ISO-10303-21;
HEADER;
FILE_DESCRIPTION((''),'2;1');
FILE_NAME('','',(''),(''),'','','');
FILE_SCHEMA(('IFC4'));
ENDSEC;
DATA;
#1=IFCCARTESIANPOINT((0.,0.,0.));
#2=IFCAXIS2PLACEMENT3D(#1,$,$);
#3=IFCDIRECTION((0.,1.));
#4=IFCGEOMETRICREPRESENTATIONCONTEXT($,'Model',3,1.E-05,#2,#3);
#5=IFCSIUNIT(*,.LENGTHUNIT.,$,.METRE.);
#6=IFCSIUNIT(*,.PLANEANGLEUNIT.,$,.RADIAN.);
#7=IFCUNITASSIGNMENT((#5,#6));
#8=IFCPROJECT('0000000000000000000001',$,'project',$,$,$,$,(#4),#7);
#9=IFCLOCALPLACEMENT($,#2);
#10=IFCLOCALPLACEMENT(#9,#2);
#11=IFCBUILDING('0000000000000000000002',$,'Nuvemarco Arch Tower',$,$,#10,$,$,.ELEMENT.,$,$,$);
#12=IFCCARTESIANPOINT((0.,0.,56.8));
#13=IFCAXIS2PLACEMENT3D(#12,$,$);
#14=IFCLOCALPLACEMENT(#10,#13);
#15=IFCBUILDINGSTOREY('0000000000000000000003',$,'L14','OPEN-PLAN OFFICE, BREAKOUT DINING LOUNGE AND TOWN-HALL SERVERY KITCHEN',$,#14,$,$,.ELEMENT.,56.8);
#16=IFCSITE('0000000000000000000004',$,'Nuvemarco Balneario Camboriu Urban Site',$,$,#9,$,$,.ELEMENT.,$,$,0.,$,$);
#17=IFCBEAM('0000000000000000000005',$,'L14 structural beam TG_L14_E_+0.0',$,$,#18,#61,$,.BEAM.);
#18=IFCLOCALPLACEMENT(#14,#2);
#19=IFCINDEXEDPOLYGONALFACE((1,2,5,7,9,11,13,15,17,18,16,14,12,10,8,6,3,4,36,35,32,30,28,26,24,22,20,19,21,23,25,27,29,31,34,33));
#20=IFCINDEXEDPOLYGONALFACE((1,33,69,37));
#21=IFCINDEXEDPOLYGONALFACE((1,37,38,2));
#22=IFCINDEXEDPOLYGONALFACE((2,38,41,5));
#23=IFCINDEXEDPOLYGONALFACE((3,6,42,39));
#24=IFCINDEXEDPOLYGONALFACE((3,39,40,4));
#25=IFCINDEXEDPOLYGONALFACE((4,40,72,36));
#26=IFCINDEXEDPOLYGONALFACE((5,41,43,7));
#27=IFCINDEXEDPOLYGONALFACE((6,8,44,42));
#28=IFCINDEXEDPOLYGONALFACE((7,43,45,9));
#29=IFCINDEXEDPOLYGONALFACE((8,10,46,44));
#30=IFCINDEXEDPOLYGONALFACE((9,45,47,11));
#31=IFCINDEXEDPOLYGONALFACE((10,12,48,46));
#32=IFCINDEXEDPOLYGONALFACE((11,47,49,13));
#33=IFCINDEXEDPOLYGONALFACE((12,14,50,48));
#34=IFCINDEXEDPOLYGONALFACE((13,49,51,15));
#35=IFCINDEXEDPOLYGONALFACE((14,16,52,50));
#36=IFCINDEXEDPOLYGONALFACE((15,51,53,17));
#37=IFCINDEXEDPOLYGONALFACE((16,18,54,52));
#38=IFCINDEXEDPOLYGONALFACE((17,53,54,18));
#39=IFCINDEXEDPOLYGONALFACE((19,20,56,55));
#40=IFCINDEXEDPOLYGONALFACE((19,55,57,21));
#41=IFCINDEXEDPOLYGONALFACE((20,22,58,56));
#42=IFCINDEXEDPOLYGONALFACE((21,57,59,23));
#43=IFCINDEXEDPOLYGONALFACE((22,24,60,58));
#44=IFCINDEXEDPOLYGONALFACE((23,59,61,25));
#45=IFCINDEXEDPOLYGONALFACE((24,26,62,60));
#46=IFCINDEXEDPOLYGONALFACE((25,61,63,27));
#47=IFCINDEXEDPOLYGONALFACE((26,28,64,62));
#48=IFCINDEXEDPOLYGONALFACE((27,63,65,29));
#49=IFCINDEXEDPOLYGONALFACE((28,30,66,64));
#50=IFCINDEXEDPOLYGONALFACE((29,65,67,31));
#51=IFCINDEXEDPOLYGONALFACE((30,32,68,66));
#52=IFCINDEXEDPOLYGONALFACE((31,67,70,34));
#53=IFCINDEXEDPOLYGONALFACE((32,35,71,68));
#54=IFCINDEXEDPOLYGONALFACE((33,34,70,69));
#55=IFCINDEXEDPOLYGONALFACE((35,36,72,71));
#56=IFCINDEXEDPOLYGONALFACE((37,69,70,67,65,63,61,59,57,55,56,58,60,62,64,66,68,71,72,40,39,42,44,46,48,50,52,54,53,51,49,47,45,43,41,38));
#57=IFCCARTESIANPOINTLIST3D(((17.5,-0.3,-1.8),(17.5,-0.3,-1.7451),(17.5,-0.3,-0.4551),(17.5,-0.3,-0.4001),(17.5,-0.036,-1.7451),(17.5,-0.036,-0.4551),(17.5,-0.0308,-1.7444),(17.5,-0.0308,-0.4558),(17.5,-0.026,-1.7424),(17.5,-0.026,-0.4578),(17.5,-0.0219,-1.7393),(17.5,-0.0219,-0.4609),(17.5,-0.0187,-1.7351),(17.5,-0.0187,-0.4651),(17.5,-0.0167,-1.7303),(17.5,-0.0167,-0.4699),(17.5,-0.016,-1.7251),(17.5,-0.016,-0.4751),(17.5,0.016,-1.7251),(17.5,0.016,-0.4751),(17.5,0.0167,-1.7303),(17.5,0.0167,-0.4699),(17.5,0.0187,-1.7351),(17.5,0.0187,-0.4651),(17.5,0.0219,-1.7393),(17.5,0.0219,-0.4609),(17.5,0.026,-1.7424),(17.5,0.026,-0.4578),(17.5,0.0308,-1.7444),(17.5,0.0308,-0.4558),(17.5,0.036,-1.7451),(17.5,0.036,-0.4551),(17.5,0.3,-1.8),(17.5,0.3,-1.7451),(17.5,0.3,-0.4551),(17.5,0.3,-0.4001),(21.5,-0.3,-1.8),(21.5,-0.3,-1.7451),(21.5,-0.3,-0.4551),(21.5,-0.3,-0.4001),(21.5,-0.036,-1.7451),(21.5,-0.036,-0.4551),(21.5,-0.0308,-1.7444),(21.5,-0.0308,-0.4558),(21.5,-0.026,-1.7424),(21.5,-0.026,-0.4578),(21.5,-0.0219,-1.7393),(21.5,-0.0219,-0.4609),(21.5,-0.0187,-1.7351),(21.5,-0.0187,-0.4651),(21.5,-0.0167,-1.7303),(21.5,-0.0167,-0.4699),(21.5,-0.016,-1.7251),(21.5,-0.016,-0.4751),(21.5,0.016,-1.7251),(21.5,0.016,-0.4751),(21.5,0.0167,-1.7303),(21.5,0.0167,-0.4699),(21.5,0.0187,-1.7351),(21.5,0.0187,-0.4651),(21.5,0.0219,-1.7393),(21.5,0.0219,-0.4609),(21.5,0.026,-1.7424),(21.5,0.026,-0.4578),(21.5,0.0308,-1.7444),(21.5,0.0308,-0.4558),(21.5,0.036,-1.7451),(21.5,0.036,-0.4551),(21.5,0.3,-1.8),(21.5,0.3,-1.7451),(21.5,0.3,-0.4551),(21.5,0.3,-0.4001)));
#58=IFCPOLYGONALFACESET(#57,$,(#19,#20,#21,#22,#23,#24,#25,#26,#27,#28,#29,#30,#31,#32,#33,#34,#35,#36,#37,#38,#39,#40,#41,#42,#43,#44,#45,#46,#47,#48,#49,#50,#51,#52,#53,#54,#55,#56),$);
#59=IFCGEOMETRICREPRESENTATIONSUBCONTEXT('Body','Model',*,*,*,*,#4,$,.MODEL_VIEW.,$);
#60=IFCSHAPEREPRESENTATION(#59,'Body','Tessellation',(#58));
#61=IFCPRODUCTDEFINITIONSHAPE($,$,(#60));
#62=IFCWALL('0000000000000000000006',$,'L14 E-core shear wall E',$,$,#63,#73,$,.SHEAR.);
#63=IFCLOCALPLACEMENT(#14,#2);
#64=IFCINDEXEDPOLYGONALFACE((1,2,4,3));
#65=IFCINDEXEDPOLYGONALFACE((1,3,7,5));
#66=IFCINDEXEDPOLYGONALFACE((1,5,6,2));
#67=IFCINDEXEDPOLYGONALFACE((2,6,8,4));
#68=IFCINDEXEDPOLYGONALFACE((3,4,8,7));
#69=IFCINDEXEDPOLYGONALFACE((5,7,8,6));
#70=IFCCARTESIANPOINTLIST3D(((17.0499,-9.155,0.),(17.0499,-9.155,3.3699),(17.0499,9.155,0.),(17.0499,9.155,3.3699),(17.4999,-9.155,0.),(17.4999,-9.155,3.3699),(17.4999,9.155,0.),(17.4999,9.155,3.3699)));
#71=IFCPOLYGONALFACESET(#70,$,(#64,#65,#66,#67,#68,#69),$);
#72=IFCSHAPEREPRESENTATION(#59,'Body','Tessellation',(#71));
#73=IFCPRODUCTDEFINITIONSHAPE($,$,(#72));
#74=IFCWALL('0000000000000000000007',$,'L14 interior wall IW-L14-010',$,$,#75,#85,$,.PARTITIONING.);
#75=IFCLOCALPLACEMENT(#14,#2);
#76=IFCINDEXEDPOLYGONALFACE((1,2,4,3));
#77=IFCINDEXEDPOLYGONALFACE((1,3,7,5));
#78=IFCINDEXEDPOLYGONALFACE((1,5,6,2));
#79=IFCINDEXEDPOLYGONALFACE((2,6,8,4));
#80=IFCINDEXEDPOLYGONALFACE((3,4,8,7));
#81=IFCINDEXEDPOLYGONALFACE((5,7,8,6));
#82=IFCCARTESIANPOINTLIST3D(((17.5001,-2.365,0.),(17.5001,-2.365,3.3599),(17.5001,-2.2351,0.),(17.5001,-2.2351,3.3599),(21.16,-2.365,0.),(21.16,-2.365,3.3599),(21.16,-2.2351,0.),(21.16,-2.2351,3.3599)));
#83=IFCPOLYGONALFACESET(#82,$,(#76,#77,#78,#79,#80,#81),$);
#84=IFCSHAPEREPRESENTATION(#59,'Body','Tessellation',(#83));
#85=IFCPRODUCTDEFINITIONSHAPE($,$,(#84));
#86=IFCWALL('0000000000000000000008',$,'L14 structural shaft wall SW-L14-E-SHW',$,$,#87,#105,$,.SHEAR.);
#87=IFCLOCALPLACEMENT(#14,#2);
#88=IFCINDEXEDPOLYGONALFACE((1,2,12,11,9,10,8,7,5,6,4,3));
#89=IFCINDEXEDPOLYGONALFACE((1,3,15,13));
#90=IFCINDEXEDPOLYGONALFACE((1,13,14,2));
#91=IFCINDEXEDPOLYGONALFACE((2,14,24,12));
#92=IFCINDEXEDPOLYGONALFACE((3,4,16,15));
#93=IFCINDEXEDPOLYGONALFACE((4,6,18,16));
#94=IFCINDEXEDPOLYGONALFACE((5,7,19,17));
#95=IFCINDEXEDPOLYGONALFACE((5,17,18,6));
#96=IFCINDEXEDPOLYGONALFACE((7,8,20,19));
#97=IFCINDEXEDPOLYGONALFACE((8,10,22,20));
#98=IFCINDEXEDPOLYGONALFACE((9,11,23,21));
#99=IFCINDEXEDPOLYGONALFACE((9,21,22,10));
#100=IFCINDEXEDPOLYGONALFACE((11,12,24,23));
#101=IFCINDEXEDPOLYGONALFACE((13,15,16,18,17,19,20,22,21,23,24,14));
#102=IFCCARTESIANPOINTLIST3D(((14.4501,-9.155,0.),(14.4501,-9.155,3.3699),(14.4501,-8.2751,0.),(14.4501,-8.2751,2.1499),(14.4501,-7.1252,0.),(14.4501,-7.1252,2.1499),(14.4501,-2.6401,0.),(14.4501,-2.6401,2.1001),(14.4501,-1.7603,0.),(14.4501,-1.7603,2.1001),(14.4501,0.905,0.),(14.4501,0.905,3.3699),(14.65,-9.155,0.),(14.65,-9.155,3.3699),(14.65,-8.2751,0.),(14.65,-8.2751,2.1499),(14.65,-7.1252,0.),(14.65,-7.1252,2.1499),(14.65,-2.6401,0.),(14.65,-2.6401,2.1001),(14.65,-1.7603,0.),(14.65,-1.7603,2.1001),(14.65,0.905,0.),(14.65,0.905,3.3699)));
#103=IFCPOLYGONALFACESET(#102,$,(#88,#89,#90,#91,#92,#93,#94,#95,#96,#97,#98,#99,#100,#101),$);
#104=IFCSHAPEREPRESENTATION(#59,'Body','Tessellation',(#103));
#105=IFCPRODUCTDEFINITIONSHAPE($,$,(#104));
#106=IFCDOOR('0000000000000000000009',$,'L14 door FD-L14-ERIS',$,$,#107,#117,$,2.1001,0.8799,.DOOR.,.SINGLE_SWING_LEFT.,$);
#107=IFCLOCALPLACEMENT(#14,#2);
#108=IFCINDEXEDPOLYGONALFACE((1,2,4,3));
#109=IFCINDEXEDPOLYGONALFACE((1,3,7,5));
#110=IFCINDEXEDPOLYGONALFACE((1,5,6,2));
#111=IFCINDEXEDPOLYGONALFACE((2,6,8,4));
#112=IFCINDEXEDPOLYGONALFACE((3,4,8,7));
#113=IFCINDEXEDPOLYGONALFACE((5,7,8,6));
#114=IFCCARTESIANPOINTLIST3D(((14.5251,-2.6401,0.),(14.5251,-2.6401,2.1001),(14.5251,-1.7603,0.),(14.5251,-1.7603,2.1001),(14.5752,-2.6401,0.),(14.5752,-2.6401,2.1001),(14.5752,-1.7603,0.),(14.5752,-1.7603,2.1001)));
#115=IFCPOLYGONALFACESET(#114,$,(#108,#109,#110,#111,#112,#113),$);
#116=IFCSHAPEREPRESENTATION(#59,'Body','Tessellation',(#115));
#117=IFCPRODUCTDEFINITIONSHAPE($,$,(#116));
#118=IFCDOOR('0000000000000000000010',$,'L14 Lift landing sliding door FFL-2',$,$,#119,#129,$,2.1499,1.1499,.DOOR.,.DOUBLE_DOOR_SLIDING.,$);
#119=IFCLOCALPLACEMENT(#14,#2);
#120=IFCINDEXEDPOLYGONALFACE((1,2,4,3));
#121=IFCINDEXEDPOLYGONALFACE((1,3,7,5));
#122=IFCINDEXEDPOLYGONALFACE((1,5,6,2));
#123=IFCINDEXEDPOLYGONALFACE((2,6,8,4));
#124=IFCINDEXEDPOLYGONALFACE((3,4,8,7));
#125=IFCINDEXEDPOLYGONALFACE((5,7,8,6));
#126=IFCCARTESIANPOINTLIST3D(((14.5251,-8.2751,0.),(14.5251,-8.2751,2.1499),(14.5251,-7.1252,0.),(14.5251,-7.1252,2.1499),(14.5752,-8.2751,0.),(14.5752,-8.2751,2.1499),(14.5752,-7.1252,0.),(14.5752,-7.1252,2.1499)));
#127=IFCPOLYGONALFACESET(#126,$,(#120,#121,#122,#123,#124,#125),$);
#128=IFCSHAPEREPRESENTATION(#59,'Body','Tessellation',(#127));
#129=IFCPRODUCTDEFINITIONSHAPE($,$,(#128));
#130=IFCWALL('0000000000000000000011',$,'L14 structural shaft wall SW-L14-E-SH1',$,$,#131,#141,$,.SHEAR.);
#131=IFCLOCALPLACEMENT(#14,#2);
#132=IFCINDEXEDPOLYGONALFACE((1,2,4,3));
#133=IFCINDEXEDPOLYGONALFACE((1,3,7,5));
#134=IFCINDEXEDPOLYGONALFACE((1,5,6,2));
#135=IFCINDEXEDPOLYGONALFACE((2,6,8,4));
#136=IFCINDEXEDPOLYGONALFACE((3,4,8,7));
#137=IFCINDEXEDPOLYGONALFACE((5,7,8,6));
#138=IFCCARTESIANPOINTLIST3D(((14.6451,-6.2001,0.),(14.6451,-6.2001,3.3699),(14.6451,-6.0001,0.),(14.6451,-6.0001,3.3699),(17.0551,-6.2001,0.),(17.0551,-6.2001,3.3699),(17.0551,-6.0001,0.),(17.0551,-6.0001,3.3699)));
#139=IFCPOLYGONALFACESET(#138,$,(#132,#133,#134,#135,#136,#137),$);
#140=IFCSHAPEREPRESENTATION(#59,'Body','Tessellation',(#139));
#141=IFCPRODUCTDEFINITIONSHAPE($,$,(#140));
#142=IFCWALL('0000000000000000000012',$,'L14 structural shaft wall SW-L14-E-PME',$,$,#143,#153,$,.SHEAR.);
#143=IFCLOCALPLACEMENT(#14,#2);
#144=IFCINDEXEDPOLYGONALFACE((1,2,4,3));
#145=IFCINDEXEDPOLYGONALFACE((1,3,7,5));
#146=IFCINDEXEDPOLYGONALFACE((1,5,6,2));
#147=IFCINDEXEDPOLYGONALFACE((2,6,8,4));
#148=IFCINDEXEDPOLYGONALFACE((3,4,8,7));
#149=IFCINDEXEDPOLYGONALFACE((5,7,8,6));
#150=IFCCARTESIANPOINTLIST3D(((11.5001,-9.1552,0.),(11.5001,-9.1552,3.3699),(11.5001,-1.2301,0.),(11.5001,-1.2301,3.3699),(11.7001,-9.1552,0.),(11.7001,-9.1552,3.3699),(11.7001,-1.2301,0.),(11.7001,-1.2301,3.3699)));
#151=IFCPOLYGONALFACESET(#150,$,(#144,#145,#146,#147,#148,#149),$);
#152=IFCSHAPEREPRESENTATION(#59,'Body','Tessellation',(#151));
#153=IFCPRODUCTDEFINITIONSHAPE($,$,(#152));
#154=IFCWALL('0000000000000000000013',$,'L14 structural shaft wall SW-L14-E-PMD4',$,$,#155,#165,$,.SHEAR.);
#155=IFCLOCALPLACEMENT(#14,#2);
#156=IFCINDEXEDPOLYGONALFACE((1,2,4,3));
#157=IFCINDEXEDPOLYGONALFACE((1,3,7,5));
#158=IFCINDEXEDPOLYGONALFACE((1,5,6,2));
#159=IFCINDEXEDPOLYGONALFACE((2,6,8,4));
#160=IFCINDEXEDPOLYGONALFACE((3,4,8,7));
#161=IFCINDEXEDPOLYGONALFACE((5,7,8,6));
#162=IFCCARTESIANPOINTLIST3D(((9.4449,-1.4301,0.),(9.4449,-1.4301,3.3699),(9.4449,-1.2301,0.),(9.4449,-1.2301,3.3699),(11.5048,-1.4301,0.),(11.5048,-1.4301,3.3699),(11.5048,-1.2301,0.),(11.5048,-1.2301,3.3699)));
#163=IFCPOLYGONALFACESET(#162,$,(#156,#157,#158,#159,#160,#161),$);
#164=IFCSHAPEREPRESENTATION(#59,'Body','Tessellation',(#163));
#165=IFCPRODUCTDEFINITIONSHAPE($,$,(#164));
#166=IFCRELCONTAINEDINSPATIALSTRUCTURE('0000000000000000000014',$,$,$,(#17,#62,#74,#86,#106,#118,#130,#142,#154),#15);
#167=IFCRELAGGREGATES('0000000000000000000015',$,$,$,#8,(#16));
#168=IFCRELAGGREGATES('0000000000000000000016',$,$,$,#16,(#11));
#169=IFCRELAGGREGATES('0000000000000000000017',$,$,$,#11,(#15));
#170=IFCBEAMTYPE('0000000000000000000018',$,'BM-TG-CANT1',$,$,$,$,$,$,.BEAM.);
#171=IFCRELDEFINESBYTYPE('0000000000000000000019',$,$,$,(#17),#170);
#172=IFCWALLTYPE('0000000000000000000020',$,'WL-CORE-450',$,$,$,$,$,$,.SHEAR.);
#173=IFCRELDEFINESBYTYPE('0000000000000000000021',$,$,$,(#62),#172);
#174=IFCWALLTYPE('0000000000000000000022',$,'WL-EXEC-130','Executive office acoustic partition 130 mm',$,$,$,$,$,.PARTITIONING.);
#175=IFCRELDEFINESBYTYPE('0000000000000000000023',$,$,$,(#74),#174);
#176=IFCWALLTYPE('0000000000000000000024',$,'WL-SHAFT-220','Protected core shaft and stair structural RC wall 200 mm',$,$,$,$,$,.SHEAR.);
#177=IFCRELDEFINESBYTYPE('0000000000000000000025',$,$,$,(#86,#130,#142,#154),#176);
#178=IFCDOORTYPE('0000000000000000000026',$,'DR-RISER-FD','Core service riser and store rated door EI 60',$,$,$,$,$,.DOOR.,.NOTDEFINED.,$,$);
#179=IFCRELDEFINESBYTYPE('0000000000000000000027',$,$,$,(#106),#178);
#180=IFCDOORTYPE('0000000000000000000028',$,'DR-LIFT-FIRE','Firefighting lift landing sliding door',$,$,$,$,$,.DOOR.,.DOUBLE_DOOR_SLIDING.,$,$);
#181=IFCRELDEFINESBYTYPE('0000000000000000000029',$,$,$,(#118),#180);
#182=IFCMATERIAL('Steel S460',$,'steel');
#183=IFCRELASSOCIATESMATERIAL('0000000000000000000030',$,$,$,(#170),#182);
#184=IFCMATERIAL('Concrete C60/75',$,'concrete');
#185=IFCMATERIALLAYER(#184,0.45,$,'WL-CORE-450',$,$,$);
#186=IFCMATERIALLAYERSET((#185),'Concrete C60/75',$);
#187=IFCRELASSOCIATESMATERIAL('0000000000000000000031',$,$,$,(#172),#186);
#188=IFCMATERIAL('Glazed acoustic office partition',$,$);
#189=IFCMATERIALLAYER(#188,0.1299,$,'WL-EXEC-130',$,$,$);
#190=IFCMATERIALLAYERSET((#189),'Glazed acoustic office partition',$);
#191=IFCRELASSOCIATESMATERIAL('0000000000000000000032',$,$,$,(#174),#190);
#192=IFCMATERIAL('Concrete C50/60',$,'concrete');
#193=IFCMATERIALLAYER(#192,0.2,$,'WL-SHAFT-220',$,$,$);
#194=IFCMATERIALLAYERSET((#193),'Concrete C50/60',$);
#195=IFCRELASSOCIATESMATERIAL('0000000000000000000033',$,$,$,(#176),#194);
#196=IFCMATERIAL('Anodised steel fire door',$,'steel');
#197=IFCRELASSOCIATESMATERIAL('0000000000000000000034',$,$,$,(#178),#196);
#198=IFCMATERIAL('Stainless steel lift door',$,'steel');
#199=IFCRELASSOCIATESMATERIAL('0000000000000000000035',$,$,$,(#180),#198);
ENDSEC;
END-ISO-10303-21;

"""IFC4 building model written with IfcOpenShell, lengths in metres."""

from ifc_helpers import new_model, si_unit, direction, frame, frame_2d, origin, origin_2d, place, context, subcontext, project, spatial, rectangle, i_section, extrude, source, transform, mapped, material, layer, layer_set, material_profile, profile_set, type_object, type_shapes, element, fill, save


model = new_model("IFC4")

# Units and contexts
model_context = context("Model", 3, precision=1e-05, world=origin(), true_north=direction((0.0, 1.0)))
body_context = subcontext(model_context, "Body", "Model", "MODEL_VIEW")
ifc_project = project(units=[si_unit("LENGTHUNIT", "METRE"), si_unit("PLANEANGLEUNIT", "RADIAN")], contexts=[model_context])

# Site, building, storey
site_placement = place(None, origin())
site = spatial("IfcSite", under=ifc_project, at=site_placement, Name="Nuvemarco Balneario Camboriu Urban Site", CompositionType="ELEMENT", RefElevation=0.0)
building_placement = place(site_placement, origin())
building = spatial("IfcBuilding", under=site, at=building_placement, Name="Nuvemarco Arch Tower", CompositionType="ELEMENT")
storey_placement = place(building_placement, frame((0.0, 0.0, 56.8)))
storey = spatial("IfcBuildingStorey", under=building, at=storey_placement, Name="L14", Description="OPEN-PLAN OFFICE, BREAKOUT DINING LOUNGE AND TOWN-HALL SERVERY KITCHEN", CompositionType="ELEMENT", Elevation=56.8)

# Shared definitions
ifc_material_1 = material(Name="Concrete C60/75", Category="concrete")
ifc_material_2 = material(Name="Steel S460", Category="steel")

# Beam
ifc_material_profile_1 = material_profile(ifc_material_2, i_section(OverallWidth=0.6001, OverallDepth=1.3999, WebThickness=0.032, FlangeThickness=0.0549, FilletRadius=0.02, at=origin_2d()), Name="PG1400x600")
ifc_profile_set_1 = profile_set([ifc_material_profile_1], Name="Steel S460")
beam_type_1 = type_object("IfcBeamType", Name="BM-TG-CANT1", PredefinedType="BEAM", material=ifc_profile_set_1)
beam_1_placement = place(storey_placement, frame((17.5, 0.0, -1.1001), z_axis=(1.0, 0.0, 0.0), x_axis=(0.0, 1.0, 0.0)))
element("IfcBeam", 1, at=beam_1_placement, inside=storey, type_object=beam_type_1, Name="L14 structural beam TG_L14_E_+0.0", PredefinedType="BEAM", context=body_context, shape_type="SweptSolid", body=[
    extrude(i_section(OverallWidth=0.6001, OverallDepth=1.3999, WebThickness=0.032, FlangeThickness=0.0549, FilletRadius=0.02, at=origin_2d()), origin(), (0.0, 0.0, 1.0), 4.0),
])

# Walls
ifc_layer_1 = layer(ifc_material_1, 0.45, Name="WL-CORE-450")
ifc_layer_set_1 = layer_set([ifc_layer_1], Name="Concrete C60/75")
wall_type_1 = type_object("IfcWallType", Name="WL-CORE-450", PredefinedType="SHEAR", material=ifc_layer_set_1)
wall_1_placement = place(storey_placement, frame((17.2749, -9.155, 0.0), z_axis=(0.0, 0.0, 1.0), x_axis=(0.0, 1.0, 0.0)))
element("IfcWall", 2, at=wall_1_placement, inside=storey, type_object=wall_type_1, Name="L14 E-core shear wall E", PredefinedType="SHEAR", context=body_context, shape_type="SweptSolid", body=[
    extrude(rectangle(XDim=18.3101, YDim=0.45, at=frame_2d((9.155, 0.0))), origin(), (0.0, 0.0, 1.0), 3.3699),
])
ifc_material_3 = material(Name="Glazed acoustic office partition")
ifc_layer_2 = layer(ifc_material_3, 0.1299, Name="WL-EXEC-130")
ifc_layer_set_2 = layer_set([ifc_layer_2], Name="Glazed acoustic office partition")
wall_type_2 = type_object("IfcWallType", Name="WL-EXEC-130", Description="Executive office acoustic partition 130 mm", PredefinedType="PARTITIONING", material=ifc_layer_set_2)
wall_2_placement = place(storey_placement, frame((17.5, -2.3, 0.0), z_axis=(0.0, 0.0, 1.0), x_axis=(1.0, 0.0, 0.0)))
element("IfcWall", 3, at=wall_2_placement, inside=storey, type_object=wall_type_2, Name="L14 interior wall IW-L14-010", PredefinedType="PARTITIONING", context=body_context, shape_type="SweptSolid", body=[
    extrude(rectangle(XDim=3.6599, YDim=0.1299, at=frame_2d((1.8301, 0.0))), origin(), (0.0, 0.0, 1.0), 3.3599),
])

# Wall, openings, doors
ifc_material_4 = material(Name="Concrete C50/60", Category="concrete")
ifc_layer_3 = layer(ifc_material_4, 0.2, Name="WL-SHAFT-220")
ifc_layer_set_3 = layer_set([ifc_layer_3], Name="Concrete C50/60")
wall_type_3 = type_object("IfcWallType", Name="WL-SHAFT-220", Description="Protected core shaft and stair structural RC wall 200 mm", PredefinedType="SHEAR", material=ifc_layer_set_3)
wall_3_placement = place(storey_placement, frame((14.55, -9.155, 0.0), z_axis=(0.0, 0.0, 1.0), x_axis=(0.0, 1.0, 0.0)))
wall_3 = element("IfcWall", 4, at=wall_3_placement, inside=storey, type_object=wall_type_3, Name="L14 structural shaft wall SW-L14-E-SHW", PredefinedType="SHEAR", context=body_context, shape_type="SweptSolid", body=[
    extrude(rectangle(XDim=10.0601, YDim=0.2, at=frame_2d((5.03, 0.0))), origin(), (0.0, 0.0, 1.0), 3.3699),
])
opening_1_placement = place(wall_3_placement, frame((6.5149, 0.0, 0.0)))
opening_1 = element("IfcOpeningElement", 5, at=opening_1_placement, cuts=wall_3, PredefinedType="OPENING", context=body_context, shape_type="SweptSolid", body=[
    extrude(rectangle(XDim=0.8799, YDim=2.1001, at=frame_2d((0.4399, 1.05))), frame((0.0, 0.1099, 0.0), z_axis=(0.0, -1.0, 0.0), x_axis=(1.0, 0.0, 0.0)), (0.0, 0.0, 1.0), 0.22),
])
opening_2_placement = place(wall_3_placement, frame((0.8799, 0.0, 0.0)))
opening_2 = element("IfcOpeningElement", 6, at=opening_2_placement, cuts=wall_3, PredefinedType="OPENING", context=body_context, shape_type="SweptSolid", body=[
    extrude(rectangle(XDim=1.1499, YDim=2.1499, at=frame_2d((0.575, 1.075))), frame((0.0, 0.1099, 0.0), z_axis=(0.0, -1.0, 0.0), x_axis=(1.0, 0.0, 0.0)), (0.0, 0.0, 1.0), 0.22),
])
ifc_material_5 = material(Name="Anodised steel fire door", Category="steel")
door_type_1 = type_object("IfcDoorType", Name="DR-RISER-FD", Description="Core service riser and store rated door EI 60", OperationType="NOTDEFINED", PredefinedType="DOOR", material=ifc_material_5)
shared_shape_1 = source(origin(), body_context, "Body", "SweptSolid", [
    extrude(rectangle(XDim=0.8799, YDim=2.1001, at=frame_2d((0.4399, 1.05))), frame((0.0, 0.0249, 0.0), z_axis=(0.0, -1.0, 0.0), x_axis=(1.0, 0.0, 0.0)), (0.0, 0.0, 1.0), 0.05),
])
type_shapes(door_type_1, [shared_shape_1])
door_1_placement = place(opening_1_placement, origin())
door_1 = element("IfcDoor", 7, at=door_1_placement, inside=storey, type_object=door_type_1, Name="L14 door FD-L14-ERIS", OperationType="SINGLE_SWING_LEFT", OverallHeight=2.1001, OverallWidth=0.8799, PredefinedType="DOOR", context=body_context, shape_type="MappedRepresentation", body=[
    mapped(shared_shape_1, transform((0.0, 0.0, 0.0), scale=1.0)),
])
fill(opening_1, door_1)
ifc_material_6 = material(Name="Stainless steel lift door", Category="steel")
door_type_2 = type_object("IfcDoorType", Name="DR-LIFT-FIRE", Description="Firefighting lift landing sliding door", OperationType="DOUBLE_DOOR_SLIDING", PredefinedType="DOOR", material=ifc_material_6)
shared_shape_2 = source(origin(), body_context, "Body", "SweptSolid", [
    extrude(rectangle(XDim=1.1499, YDim=2.1499, at=frame_2d((0.575, 1.075))), frame((0.0, 0.0249, 0.0), z_axis=(0.0, -1.0, 0.0), x_axis=(1.0, 0.0, 0.0)), (0.0, 0.0, 1.0), 0.05),
])
type_shapes(door_type_2, [shared_shape_2])
door_2_placement = place(opening_2_placement, origin())
door_2 = element("IfcDoor", 8, at=door_2_placement, inside=storey, type_object=door_type_2, Name="L14 Lift landing sliding door FFL-2", OperationType="DOUBLE_DOOR_SLIDING", OverallHeight=2.1499, OverallWidth=1.1499, PredefinedType="DOOR", context=body_context, shape_type="MappedRepresentation", body=[
    mapped(shared_shape_2, transform((0.0, 0.0, 0.0), scale=1.0)),
])
fill(opening_2, door_2)

# Walls
wall_4_placement = place(storey_placement, frame((14.645, -6.1001, 0.0), z_axis=(0.0, 0.0, 1.0), x_axis=(1.0, 0.0, 0.0)))
element("IfcWall", 9, at=wall_4_placement, inside=storey, type_object=wall_type_3, Name="L14 structural shaft wall SW-L14-E-SH1", PredefinedType="SHEAR", context=body_context, shape_type="SweptSolid", body=[
    extrude(rectangle(XDim=2.4099, YDim=0.2, at=frame_2d((1.2051, 0.0))), origin(), (0.0, 0.0, 1.0), 3.3699),
])
wall_5_placement = place(storey_placement, frame((11.6001, -9.155, 0.0), z_axis=(0.0, 0.0, 1.0), x_axis=(0.0, 1.0, 0.0)))
element("IfcWall", 10, at=wall_5_placement, inside=storey, type_object=wall_type_3, Name="L14 structural shaft wall SW-L14-E-PME", PredefinedType="SHEAR", context=body_context, shape_type="SweptSolid", body=[
    extrude(rectangle(XDim=7.925, YDim=0.2, at=frame_2d((3.9624, 0.0))), origin(), (0.0, 0.0, 1.0), 3.3699),
])

# Wall
wall_6_placement = place(storey_placement, frame((9.4451, -1.3301, 0.0), z_axis=(0.0, 0.0, 1.0), x_axis=(1.0, 0.0, 0.0)))
element("IfcWall", 11, at=wall_6_placement, inside=storey, type_object=wall_type_3, Name="L14 structural shaft wall SW-L14-E-PMD4", PredefinedType="SHEAR", context=body_context, shape_type="SweptSolid", body=[
    extrude(rectangle(XDim=2.0598, YDim=0.2, at=frame_2d((1.0298, 0.0))), origin(), (0.0, 0.0, 1.0), 3.3699),
])

save(model, "model.ifc")
